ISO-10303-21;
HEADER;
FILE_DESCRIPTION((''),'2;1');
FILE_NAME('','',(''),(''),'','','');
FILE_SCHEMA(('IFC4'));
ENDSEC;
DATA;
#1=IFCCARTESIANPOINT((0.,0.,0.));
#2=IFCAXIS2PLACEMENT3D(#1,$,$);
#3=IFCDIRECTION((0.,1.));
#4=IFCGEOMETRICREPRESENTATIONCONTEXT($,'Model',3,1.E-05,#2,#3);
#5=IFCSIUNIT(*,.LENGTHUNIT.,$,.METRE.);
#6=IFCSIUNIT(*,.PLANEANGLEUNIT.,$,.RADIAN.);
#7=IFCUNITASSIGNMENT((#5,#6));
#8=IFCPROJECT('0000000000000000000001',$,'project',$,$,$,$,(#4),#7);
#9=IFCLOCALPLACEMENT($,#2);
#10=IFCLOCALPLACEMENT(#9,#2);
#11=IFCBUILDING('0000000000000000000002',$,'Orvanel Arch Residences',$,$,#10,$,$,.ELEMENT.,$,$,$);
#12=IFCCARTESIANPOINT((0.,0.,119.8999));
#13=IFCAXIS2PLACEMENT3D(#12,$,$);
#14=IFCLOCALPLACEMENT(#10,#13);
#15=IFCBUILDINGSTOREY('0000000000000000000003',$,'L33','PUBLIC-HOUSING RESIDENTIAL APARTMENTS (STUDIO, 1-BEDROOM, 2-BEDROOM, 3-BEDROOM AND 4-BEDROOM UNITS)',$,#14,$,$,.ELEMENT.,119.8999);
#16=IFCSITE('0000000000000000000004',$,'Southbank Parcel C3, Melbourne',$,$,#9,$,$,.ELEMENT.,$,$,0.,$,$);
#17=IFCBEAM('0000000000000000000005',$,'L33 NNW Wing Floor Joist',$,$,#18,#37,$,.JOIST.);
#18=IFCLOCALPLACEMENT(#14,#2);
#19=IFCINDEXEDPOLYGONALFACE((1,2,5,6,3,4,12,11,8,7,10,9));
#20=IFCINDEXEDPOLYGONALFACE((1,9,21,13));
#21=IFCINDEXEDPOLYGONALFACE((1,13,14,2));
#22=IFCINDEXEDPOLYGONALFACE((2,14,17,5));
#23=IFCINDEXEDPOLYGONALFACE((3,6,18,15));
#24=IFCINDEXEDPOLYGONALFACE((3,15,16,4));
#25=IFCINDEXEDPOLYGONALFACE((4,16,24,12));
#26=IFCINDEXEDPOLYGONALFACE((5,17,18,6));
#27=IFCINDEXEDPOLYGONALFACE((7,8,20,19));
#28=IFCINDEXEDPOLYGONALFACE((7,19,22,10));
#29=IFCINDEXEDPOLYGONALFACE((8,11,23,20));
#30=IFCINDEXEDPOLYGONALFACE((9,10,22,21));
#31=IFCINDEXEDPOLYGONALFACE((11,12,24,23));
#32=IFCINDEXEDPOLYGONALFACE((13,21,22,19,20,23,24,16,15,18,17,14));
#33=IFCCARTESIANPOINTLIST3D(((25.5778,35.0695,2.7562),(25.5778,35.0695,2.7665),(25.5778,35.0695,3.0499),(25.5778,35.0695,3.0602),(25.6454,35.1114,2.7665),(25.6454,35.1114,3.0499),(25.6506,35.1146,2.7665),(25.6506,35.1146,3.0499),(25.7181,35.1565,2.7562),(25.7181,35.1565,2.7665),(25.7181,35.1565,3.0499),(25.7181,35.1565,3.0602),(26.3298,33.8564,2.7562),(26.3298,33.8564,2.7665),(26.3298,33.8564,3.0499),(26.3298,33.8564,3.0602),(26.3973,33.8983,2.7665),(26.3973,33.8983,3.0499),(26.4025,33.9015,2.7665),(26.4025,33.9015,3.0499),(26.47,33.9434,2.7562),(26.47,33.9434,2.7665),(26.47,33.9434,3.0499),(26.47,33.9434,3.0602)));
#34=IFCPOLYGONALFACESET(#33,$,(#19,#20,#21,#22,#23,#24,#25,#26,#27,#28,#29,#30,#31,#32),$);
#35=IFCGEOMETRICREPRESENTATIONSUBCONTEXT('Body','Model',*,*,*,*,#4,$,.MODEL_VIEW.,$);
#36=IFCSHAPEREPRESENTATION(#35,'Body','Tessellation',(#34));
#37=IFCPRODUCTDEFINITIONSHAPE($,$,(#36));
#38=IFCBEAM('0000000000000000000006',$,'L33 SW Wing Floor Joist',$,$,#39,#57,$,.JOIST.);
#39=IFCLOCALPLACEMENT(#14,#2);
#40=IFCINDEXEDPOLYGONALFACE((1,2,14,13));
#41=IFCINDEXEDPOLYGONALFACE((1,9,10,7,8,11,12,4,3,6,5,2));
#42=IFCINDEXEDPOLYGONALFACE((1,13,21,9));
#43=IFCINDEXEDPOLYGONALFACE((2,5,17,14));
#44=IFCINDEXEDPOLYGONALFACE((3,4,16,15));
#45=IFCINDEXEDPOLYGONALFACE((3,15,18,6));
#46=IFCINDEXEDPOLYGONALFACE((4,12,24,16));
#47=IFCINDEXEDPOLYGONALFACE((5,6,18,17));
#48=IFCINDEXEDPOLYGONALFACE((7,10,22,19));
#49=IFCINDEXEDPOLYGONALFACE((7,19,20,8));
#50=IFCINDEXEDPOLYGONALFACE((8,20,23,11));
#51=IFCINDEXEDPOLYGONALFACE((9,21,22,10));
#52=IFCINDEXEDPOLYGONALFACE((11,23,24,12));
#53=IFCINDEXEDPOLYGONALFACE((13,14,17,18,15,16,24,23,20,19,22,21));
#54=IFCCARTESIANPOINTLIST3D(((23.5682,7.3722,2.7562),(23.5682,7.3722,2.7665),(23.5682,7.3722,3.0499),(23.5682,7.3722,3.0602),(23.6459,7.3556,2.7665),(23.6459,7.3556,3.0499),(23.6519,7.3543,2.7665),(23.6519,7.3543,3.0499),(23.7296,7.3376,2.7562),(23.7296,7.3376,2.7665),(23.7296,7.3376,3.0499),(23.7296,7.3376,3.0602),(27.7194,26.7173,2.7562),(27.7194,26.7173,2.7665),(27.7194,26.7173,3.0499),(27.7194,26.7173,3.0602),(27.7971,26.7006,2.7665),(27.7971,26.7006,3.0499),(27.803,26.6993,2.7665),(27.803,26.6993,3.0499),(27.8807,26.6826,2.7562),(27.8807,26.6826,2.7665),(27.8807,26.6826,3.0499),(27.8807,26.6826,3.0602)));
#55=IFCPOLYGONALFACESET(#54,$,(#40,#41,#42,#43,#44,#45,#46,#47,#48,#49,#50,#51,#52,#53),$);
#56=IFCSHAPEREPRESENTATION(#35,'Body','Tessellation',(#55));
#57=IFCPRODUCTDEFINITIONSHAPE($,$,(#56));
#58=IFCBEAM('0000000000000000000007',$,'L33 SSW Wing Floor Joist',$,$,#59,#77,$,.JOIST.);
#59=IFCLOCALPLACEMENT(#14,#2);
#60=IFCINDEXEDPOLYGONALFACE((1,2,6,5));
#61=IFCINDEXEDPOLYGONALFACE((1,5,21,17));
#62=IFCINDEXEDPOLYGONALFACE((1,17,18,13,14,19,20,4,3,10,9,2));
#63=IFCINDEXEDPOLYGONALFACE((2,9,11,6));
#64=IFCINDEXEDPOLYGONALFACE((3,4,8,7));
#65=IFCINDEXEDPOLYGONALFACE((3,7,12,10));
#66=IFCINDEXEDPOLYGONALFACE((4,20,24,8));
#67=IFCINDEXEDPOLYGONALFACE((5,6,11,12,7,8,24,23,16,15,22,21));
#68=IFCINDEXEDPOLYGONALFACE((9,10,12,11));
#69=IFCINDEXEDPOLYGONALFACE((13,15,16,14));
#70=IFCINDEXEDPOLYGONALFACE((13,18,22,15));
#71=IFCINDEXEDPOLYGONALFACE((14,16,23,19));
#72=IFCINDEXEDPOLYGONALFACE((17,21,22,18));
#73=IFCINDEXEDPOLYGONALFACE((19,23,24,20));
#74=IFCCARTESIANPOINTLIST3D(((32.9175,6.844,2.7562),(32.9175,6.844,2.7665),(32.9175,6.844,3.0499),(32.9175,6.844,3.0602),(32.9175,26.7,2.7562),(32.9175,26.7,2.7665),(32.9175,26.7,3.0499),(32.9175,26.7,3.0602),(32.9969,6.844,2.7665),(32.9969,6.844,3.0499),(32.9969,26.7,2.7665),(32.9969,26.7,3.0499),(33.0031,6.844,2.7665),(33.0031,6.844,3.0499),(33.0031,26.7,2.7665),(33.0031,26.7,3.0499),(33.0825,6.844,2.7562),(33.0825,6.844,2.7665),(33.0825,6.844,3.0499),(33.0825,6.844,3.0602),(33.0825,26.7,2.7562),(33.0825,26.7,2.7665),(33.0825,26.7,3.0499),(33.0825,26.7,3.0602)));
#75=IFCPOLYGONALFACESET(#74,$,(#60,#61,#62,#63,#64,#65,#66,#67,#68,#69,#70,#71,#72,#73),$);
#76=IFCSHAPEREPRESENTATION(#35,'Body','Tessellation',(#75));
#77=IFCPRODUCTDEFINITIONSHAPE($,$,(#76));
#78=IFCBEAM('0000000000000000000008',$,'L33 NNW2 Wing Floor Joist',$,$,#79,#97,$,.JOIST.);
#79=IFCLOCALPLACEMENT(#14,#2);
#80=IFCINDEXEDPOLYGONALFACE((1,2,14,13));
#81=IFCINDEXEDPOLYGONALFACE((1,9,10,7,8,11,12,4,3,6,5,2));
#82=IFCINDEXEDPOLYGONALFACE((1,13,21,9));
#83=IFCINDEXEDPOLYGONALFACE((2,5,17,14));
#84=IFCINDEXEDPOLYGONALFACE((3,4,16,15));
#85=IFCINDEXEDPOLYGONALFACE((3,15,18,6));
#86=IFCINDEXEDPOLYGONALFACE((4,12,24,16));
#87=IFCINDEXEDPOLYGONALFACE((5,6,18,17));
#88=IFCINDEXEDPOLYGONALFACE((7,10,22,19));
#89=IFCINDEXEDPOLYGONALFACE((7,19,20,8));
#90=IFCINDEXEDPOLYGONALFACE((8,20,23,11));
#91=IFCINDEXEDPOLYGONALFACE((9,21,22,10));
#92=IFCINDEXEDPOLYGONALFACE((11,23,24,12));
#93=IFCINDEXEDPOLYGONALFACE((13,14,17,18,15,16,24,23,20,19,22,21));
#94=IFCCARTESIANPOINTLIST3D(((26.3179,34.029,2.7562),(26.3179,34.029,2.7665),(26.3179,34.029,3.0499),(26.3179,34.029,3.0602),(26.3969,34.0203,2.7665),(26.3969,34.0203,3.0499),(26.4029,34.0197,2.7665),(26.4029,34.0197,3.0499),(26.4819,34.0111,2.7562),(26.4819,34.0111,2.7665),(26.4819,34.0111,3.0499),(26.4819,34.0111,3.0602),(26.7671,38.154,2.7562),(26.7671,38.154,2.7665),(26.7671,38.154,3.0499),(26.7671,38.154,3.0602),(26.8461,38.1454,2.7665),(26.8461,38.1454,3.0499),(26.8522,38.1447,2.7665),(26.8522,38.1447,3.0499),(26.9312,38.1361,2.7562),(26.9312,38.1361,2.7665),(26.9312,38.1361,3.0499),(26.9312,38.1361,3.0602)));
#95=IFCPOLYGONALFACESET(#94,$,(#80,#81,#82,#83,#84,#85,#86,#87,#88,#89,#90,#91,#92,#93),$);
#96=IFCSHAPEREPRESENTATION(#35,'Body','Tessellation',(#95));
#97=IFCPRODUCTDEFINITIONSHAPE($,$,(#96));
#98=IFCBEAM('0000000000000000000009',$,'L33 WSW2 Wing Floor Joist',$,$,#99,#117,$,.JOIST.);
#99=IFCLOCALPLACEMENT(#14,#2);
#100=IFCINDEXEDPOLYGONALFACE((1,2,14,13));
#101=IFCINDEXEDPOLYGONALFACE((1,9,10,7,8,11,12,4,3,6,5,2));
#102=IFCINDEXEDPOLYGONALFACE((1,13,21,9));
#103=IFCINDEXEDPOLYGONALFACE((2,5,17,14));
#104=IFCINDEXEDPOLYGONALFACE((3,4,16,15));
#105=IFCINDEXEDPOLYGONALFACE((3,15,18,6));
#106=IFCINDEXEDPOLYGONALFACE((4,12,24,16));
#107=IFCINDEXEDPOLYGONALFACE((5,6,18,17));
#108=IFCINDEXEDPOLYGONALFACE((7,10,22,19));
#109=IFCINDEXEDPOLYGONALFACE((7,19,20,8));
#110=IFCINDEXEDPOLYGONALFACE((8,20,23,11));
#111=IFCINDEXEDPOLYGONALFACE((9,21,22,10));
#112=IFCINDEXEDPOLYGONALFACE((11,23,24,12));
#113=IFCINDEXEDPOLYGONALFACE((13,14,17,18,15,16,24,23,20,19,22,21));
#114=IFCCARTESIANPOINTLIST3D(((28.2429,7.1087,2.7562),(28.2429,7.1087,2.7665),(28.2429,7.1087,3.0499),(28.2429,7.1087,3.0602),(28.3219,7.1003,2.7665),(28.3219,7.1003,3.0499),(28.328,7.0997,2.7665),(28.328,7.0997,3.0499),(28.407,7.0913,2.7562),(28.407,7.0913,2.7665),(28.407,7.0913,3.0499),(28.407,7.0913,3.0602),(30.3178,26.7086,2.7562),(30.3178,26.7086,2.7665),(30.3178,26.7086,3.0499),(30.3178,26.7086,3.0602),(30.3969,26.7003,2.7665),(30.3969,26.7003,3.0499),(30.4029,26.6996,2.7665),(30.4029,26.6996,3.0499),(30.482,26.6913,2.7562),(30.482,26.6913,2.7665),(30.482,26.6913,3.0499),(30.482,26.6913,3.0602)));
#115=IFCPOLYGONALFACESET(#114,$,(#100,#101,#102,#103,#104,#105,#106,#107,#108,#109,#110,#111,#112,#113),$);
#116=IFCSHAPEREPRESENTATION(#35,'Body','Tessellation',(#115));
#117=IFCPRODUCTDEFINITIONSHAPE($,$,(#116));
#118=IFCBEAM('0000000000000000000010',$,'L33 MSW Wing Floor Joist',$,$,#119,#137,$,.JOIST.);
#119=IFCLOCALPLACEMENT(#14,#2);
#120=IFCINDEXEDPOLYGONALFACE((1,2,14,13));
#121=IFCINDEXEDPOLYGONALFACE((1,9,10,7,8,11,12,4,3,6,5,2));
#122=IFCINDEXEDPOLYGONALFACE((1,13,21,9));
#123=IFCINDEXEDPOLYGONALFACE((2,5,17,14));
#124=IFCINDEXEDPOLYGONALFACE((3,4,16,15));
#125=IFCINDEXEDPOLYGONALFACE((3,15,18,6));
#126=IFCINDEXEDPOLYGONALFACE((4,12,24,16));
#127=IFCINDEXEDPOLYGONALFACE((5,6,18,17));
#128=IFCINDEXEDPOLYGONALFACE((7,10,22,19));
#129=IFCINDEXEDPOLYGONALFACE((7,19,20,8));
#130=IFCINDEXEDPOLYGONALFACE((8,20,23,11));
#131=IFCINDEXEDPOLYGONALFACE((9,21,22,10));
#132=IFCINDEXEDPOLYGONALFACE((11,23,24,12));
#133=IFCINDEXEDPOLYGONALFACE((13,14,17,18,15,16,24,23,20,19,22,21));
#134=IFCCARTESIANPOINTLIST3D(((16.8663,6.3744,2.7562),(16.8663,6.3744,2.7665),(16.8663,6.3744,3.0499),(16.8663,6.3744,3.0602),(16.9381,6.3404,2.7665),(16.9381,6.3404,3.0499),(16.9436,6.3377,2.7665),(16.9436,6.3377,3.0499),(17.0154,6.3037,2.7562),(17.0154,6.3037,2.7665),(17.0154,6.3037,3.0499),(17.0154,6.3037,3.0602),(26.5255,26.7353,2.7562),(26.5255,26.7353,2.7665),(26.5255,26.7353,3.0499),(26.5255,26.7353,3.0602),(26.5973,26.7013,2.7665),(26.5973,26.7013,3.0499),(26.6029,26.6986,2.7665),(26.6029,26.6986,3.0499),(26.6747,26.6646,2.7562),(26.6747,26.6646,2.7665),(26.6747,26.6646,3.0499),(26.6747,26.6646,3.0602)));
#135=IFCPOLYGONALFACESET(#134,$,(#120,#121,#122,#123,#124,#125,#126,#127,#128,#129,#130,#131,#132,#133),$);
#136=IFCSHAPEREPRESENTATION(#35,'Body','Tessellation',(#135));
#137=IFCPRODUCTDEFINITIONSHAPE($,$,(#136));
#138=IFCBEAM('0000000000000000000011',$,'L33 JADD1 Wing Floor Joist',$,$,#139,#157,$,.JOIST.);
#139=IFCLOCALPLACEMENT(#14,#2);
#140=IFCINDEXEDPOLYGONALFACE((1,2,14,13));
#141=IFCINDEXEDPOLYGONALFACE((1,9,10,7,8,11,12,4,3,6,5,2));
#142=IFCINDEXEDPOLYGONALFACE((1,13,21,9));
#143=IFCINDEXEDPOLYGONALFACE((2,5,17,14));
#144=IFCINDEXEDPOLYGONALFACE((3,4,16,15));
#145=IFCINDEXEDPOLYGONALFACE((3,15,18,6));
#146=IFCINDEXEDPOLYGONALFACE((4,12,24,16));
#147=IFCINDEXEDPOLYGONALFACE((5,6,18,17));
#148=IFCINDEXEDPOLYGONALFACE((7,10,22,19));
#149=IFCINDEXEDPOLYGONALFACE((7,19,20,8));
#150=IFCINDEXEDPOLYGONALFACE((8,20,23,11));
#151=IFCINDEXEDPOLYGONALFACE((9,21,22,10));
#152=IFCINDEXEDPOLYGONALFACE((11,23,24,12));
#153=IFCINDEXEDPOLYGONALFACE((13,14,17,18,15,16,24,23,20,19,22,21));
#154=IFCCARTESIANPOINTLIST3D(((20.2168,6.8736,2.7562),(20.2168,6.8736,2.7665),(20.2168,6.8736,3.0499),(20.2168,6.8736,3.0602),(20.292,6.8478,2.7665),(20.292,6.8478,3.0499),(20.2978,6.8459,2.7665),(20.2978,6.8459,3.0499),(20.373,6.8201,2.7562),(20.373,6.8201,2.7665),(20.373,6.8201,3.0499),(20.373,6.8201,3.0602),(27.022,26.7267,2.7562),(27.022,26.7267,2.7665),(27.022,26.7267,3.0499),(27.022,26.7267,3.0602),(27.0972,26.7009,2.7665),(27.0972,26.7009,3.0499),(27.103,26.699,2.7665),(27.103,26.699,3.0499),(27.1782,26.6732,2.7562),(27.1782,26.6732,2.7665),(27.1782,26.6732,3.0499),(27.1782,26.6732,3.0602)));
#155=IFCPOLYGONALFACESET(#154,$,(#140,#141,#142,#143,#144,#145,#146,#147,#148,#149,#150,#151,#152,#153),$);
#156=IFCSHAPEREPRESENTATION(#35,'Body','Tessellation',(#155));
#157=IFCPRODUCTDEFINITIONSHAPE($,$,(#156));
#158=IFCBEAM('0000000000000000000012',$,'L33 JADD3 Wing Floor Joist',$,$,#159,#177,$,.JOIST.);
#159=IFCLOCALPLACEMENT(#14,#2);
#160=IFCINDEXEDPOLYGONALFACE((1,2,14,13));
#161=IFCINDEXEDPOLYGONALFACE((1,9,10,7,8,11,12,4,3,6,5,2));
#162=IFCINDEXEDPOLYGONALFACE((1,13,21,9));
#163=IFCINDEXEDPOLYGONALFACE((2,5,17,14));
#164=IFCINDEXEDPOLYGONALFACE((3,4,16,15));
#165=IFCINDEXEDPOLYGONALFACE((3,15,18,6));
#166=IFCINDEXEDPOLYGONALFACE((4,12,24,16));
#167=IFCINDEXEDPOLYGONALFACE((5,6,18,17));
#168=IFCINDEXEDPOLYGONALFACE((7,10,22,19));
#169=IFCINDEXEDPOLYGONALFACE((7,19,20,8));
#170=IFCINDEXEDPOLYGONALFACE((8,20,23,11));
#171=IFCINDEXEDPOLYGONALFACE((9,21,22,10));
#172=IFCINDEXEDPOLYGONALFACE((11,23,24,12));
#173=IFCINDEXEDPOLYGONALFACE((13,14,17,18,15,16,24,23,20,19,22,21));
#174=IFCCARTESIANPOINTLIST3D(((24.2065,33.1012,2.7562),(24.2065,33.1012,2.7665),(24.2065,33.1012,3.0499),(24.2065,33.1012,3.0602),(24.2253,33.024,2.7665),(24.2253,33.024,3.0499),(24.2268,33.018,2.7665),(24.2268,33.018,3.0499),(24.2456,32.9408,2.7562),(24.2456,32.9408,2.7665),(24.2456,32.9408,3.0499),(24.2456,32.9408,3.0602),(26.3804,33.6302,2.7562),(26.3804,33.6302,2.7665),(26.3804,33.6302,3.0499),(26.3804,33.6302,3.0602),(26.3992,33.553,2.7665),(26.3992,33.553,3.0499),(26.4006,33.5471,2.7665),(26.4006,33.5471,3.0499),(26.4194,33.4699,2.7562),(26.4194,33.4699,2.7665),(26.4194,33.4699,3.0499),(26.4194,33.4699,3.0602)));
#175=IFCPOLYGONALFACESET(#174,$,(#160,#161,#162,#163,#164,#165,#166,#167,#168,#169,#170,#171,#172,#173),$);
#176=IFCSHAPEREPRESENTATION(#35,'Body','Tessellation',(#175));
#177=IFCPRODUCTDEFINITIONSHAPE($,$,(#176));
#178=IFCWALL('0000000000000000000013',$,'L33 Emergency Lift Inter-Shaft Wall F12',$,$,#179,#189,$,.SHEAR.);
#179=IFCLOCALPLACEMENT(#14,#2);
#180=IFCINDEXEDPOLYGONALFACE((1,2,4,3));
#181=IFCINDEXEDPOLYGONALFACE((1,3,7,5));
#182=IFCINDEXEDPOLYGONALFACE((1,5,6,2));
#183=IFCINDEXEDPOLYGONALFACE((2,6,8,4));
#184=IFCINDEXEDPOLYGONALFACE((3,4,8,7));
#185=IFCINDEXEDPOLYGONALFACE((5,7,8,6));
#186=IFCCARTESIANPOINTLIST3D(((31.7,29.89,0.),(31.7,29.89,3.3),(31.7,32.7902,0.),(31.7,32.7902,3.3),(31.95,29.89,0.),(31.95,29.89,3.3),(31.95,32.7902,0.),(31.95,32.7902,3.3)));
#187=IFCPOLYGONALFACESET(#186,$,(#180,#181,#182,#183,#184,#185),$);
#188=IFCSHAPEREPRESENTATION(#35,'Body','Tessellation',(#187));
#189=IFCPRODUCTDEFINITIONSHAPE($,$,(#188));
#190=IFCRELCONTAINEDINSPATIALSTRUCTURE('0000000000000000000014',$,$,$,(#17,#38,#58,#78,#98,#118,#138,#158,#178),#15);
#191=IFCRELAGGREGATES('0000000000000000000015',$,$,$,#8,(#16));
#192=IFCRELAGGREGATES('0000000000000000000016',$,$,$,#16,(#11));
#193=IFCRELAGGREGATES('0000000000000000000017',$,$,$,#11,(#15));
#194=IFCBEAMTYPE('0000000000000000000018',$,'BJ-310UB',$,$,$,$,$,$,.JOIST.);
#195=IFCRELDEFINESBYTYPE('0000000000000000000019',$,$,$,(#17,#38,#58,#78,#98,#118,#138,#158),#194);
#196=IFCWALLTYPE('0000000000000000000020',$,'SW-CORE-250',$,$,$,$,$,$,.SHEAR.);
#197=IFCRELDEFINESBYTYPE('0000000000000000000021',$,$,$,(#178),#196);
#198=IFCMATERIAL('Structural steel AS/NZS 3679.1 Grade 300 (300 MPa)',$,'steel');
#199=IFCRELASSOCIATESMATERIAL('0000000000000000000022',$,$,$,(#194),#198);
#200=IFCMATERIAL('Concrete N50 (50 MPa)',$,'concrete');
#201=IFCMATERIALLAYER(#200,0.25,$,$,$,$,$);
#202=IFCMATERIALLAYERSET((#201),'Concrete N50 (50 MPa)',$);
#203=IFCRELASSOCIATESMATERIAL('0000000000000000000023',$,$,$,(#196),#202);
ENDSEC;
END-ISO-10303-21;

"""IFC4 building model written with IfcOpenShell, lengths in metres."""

from ifc_helpers import new_model, si_unit, direction, frame, frame_2d, origin, origin_2d, place, context, subcontext, project, spatial, rectangle, i_section, extrude, material, layer, layer_set, material_profile, profile_set, type_object, element, save


model = new_model("IFC4")

# Units and contexts
model_context = context("Model", 3, precision=1e-05, world=origin(), true_north=direction((0.0, 1.0)))
body_context = subcontext(model_context, "Body", "Model", "MODEL_VIEW")
ifc_project = project(units=[si_unit("LENGTHUNIT", "METRE"), si_unit("PLANEANGLEUNIT", "RADIAN")], contexts=[model_context])

# Site, building, storey
site_placement = place(None, origin())
site = spatial("IfcSite", under=ifc_project, at=site_placement, Name="Southbank Parcel C3, Melbourne", CompositionType="ELEMENT", RefElevation=0.0)
building_placement = place(site_placement, origin())
building = spatial("IfcBuilding", under=site, at=building_placement, Name="Orvanel Arch Residences", CompositionType="ELEMENT")
storey_placement = place(building_placement, frame((0.0, 0.0, 119.8999)))
storey = spatial("IfcBuildingStorey", under=building, at=storey_placement, Name="L33", Description="PUBLIC-HOUSING RESIDENTIAL APARTMENTS (STUDIO, 1-BEDROOM, 2-BEDROOM, 3-BEDROOM AND 4-BEDROOM UNITS)", CompositionType="ELEMENT", Elevation=119.8999)

# Beams
ifc_material_1 = material(Name="Structural steel AS/NZS 3679.1 Grade 300 (300 MPa)", Category="steel")
ifc_material_profile = material_profile(ifc_material_1, i_section(OverallWidth=0.165, OverallDepth=0.304, WebThickness=0.0061, FlangeThickness=0.0103, at=origin_2d()), Name="310UB40.4")
ifc_profile_set = profile_set([ifc_material_profile], Name="Structural steel AS/NZS 3679.1 Grade 300 (300 MPa)")
beam_type = type_object("IfcBeamType", Name="BJ-310UB", PredefinedType="JOIST", material=ifc_profile_set)
beam_1_placement = place(storey_placement, frame((26.3999, 33.8999, 2.9082), z_axis=(-0.526843, 0.849962, 0.0), x_axis=(-0.849962, -0.526843, 0.0)))
element("IfcBeam", 1, at=beam_1_placement, inside=storey, type_object=beam_type, Name="L33 NNW Wing Floor Joist", PredefinedType="JOIST", context=body_context, shape_type="SweptSolid", body=[
    extrude(i_section(OverallWidth=0.165, OverallDepth=0.304, WebThickness=0.0061, FlangeThickness=0.0103, at=origin_2d()), origin(), (0.0, 0.0, 1.0), 1.4272),
])
beam_2_placement = place(storey_placement, frame((27.8, 26.7, 2.9082), z_axis=(-0.209808, -0.977743, 0.0), x_axis=(0.977743, -0.209808, 0.0)))
element("IfcBeam", 2, at=beam_2_placement, inside=storey, type_object=beam_type, Name="L33 SW Wing Floor Joist", PredefinedType="JOIST", context=body_context, shape_type="SweptSolid", body=[
    extrude(i_section(OverallWidth=0.165, OverallDepth=0.304, WebThickness=0.0061, FlangeThickness=0.0103, at=origin_2d()), origin(), (0.0, 0.0, 1.0), 19.7854),
])
beam_3_placement = place(storey_placement, frame((33.0, 26.7, 2.9082), z_axis=(0.0, -1.0, 0.0), x_axis=(1.0, 0.0, 0.0)))
element("IfcBeam", 3, at=beam_3_placement, inside=storey, type_object=beam_type, Name="L33 SSW Wing Floor Joist", PredefinedType="JOIST", context=body_context, shape_type="SweptSolid", body=[
    extrude(i_section(OverallWidth=0.165, OverallDepth=0.304, WebThickness=0.0061, FlangeThickness=0.0103, at=origin_2d()), origin(), (0.0, 0.0, 1.0), 19.856),
])
beam_4_placement = place(storey_placement, frame((26.3999, 34.02, 2.9082), z_axis=(0.108261, 0.994122, 0.0), x_axis=(-0.994122, 0.108261, 0.0)))
element("IfcBeam", 4, at=beam_4_placement, inside=storey, type_object=beam_type, Name="L33 NNW2 Wing Floor Joist", PredefinedType="JOIST", context=body_context, shape_type="SweptSolid", body=[
    extrude(i_section(OverallWidth=0.165, OverallDepth=0.304, WebThickness=0.0061, FlangeThickness=0.0103, at=origin_2d()), origin(), (0.0, 0.0, 1.0), 4.1494),
])
beam_5_placement = place(storey_placement, frame((30.3999, 26.7, 2.9082), z_axis=(-0.105277, -0.994443, 0.0), x_axis=(0.994443, -0.105277, 0.0)))
element("IfcBeam", 5, at=beam_5_placement, inside=storey, type_object=beam_type, Name="L33 WSW2 Wing Floor Joist", PredefinedType="JOIST", context=body_context, shape_type="SweptSolid", body=[
    extrude(i_section(OverallWidth=0.165, OverallDepth=0.304, WebThickness=0.0061, FlangeThickness=0.0103, at=origin_2d()), origin(), (0.0, 0.0, 1.0), 19.7095),
])
beam_6_placement = place(storey_placement, frame((26.6001, 26.7, 2.9082), z_axis=(-0.428614, -0.903488, 0.0), x_axis=(0.903488, -0.428614, 0.0)))
element("IfcBeam", 6, at=beam_6_placement, inside=storey, type_object=beam_type, Name="L33 MSW Wing Floor Joist", PredefinedType="JOIST", context=body_context, shape_type="SweptSolid", body=[
    extrude(i_section(OverallWidth=0.165, OverallDepth=0.304, WebThickness=0.0061, FlangeThickness=0.0103, at=origin_2d()), origin(), (0.0, 0.0, 1.0), 22.5359),
])
beam_7_placement = place(storey_placement, frame((27.1001, 26.7, 2.9082), z_axis=(-0.324257, -0.945969, 0.0), x_axis=(0.945969, -0.324257, 0.0)))
element("IfcBeam", 7, at=beam_7_placement, inside=storey, type_object=beam_type, Name="L33 JADD1 Wing Floor Joist", PredefinedType="JOIST", context=body_context, shape_type="SweptSolid", body=[
    extrude(i_section(OverallWidth=0.165, OverallDepth=0.304, WebThickness=0.0061, FlangeThickness=0.0103, at=origin_2d()), origin(), (0.0, 0.0, 1.0), 20.9871),
])
beam_8_placement = place(storey_placement, frame((26.3999, 33.55, 2.9082), z_axis=(-0.971638, -0.236471, 0.0), x_axis=(0.236471, -0.971638, 0.0)))
element("IfcBeam", 8, at=beam_8_placement, inside=storey, type_object=beam_type, Name="L33 JADD3 Wing Floor Joist", PredefinedType="JOIST", context=body_context, shape_type="SweptSolid", body=[
    extrude(i_section(OverallWidth=0.165, OverallDepth=0.304, WebThickness=0.0061, FlangeThickness=0.0103, at=origin_2d()), origin(), (0.0, 0.0, 1.0), 2.2373),
])

# Wall
ifc_material_2 = material(Name="Concrete N50 (50 MPa)", Category="concrete")
ifc_layer_1 = layer(ifc_material_2, 0.25)
ifc_layer_set_1 = layer_set([ifc_layer_1], Name="Concrete N50 (50 MPa)")
wall_type_1 = type_object("IfcWallType", Name="SW-CORE-250", PredefinedType="SHEAR", material=ifc_layer_set_1)
wall_1_placement = place(storey_placement, frame((31.825, 29.8899, 0.0), z_axis=(0.0, 0.0, 1.0), x_axis=(0.0, 1.0, 0.0)))
element("IfcWall", 9, at=wall_1_placement, inside=storey, type_object=wall_type_1, Name="L33 Emergency Lift Inter-Shaft Wall F12", PredefinedType="SHEAR", context=body_context, shape_type="SweptSolid", body=[
    extrude(rectangle(XDim=2.9001, YDim=0.25, at=frame_2d((1.4502, 0.0))), origin(), (0.0, 0.0, 1.0), 3.3),
])

save(model, "model.ifc")
